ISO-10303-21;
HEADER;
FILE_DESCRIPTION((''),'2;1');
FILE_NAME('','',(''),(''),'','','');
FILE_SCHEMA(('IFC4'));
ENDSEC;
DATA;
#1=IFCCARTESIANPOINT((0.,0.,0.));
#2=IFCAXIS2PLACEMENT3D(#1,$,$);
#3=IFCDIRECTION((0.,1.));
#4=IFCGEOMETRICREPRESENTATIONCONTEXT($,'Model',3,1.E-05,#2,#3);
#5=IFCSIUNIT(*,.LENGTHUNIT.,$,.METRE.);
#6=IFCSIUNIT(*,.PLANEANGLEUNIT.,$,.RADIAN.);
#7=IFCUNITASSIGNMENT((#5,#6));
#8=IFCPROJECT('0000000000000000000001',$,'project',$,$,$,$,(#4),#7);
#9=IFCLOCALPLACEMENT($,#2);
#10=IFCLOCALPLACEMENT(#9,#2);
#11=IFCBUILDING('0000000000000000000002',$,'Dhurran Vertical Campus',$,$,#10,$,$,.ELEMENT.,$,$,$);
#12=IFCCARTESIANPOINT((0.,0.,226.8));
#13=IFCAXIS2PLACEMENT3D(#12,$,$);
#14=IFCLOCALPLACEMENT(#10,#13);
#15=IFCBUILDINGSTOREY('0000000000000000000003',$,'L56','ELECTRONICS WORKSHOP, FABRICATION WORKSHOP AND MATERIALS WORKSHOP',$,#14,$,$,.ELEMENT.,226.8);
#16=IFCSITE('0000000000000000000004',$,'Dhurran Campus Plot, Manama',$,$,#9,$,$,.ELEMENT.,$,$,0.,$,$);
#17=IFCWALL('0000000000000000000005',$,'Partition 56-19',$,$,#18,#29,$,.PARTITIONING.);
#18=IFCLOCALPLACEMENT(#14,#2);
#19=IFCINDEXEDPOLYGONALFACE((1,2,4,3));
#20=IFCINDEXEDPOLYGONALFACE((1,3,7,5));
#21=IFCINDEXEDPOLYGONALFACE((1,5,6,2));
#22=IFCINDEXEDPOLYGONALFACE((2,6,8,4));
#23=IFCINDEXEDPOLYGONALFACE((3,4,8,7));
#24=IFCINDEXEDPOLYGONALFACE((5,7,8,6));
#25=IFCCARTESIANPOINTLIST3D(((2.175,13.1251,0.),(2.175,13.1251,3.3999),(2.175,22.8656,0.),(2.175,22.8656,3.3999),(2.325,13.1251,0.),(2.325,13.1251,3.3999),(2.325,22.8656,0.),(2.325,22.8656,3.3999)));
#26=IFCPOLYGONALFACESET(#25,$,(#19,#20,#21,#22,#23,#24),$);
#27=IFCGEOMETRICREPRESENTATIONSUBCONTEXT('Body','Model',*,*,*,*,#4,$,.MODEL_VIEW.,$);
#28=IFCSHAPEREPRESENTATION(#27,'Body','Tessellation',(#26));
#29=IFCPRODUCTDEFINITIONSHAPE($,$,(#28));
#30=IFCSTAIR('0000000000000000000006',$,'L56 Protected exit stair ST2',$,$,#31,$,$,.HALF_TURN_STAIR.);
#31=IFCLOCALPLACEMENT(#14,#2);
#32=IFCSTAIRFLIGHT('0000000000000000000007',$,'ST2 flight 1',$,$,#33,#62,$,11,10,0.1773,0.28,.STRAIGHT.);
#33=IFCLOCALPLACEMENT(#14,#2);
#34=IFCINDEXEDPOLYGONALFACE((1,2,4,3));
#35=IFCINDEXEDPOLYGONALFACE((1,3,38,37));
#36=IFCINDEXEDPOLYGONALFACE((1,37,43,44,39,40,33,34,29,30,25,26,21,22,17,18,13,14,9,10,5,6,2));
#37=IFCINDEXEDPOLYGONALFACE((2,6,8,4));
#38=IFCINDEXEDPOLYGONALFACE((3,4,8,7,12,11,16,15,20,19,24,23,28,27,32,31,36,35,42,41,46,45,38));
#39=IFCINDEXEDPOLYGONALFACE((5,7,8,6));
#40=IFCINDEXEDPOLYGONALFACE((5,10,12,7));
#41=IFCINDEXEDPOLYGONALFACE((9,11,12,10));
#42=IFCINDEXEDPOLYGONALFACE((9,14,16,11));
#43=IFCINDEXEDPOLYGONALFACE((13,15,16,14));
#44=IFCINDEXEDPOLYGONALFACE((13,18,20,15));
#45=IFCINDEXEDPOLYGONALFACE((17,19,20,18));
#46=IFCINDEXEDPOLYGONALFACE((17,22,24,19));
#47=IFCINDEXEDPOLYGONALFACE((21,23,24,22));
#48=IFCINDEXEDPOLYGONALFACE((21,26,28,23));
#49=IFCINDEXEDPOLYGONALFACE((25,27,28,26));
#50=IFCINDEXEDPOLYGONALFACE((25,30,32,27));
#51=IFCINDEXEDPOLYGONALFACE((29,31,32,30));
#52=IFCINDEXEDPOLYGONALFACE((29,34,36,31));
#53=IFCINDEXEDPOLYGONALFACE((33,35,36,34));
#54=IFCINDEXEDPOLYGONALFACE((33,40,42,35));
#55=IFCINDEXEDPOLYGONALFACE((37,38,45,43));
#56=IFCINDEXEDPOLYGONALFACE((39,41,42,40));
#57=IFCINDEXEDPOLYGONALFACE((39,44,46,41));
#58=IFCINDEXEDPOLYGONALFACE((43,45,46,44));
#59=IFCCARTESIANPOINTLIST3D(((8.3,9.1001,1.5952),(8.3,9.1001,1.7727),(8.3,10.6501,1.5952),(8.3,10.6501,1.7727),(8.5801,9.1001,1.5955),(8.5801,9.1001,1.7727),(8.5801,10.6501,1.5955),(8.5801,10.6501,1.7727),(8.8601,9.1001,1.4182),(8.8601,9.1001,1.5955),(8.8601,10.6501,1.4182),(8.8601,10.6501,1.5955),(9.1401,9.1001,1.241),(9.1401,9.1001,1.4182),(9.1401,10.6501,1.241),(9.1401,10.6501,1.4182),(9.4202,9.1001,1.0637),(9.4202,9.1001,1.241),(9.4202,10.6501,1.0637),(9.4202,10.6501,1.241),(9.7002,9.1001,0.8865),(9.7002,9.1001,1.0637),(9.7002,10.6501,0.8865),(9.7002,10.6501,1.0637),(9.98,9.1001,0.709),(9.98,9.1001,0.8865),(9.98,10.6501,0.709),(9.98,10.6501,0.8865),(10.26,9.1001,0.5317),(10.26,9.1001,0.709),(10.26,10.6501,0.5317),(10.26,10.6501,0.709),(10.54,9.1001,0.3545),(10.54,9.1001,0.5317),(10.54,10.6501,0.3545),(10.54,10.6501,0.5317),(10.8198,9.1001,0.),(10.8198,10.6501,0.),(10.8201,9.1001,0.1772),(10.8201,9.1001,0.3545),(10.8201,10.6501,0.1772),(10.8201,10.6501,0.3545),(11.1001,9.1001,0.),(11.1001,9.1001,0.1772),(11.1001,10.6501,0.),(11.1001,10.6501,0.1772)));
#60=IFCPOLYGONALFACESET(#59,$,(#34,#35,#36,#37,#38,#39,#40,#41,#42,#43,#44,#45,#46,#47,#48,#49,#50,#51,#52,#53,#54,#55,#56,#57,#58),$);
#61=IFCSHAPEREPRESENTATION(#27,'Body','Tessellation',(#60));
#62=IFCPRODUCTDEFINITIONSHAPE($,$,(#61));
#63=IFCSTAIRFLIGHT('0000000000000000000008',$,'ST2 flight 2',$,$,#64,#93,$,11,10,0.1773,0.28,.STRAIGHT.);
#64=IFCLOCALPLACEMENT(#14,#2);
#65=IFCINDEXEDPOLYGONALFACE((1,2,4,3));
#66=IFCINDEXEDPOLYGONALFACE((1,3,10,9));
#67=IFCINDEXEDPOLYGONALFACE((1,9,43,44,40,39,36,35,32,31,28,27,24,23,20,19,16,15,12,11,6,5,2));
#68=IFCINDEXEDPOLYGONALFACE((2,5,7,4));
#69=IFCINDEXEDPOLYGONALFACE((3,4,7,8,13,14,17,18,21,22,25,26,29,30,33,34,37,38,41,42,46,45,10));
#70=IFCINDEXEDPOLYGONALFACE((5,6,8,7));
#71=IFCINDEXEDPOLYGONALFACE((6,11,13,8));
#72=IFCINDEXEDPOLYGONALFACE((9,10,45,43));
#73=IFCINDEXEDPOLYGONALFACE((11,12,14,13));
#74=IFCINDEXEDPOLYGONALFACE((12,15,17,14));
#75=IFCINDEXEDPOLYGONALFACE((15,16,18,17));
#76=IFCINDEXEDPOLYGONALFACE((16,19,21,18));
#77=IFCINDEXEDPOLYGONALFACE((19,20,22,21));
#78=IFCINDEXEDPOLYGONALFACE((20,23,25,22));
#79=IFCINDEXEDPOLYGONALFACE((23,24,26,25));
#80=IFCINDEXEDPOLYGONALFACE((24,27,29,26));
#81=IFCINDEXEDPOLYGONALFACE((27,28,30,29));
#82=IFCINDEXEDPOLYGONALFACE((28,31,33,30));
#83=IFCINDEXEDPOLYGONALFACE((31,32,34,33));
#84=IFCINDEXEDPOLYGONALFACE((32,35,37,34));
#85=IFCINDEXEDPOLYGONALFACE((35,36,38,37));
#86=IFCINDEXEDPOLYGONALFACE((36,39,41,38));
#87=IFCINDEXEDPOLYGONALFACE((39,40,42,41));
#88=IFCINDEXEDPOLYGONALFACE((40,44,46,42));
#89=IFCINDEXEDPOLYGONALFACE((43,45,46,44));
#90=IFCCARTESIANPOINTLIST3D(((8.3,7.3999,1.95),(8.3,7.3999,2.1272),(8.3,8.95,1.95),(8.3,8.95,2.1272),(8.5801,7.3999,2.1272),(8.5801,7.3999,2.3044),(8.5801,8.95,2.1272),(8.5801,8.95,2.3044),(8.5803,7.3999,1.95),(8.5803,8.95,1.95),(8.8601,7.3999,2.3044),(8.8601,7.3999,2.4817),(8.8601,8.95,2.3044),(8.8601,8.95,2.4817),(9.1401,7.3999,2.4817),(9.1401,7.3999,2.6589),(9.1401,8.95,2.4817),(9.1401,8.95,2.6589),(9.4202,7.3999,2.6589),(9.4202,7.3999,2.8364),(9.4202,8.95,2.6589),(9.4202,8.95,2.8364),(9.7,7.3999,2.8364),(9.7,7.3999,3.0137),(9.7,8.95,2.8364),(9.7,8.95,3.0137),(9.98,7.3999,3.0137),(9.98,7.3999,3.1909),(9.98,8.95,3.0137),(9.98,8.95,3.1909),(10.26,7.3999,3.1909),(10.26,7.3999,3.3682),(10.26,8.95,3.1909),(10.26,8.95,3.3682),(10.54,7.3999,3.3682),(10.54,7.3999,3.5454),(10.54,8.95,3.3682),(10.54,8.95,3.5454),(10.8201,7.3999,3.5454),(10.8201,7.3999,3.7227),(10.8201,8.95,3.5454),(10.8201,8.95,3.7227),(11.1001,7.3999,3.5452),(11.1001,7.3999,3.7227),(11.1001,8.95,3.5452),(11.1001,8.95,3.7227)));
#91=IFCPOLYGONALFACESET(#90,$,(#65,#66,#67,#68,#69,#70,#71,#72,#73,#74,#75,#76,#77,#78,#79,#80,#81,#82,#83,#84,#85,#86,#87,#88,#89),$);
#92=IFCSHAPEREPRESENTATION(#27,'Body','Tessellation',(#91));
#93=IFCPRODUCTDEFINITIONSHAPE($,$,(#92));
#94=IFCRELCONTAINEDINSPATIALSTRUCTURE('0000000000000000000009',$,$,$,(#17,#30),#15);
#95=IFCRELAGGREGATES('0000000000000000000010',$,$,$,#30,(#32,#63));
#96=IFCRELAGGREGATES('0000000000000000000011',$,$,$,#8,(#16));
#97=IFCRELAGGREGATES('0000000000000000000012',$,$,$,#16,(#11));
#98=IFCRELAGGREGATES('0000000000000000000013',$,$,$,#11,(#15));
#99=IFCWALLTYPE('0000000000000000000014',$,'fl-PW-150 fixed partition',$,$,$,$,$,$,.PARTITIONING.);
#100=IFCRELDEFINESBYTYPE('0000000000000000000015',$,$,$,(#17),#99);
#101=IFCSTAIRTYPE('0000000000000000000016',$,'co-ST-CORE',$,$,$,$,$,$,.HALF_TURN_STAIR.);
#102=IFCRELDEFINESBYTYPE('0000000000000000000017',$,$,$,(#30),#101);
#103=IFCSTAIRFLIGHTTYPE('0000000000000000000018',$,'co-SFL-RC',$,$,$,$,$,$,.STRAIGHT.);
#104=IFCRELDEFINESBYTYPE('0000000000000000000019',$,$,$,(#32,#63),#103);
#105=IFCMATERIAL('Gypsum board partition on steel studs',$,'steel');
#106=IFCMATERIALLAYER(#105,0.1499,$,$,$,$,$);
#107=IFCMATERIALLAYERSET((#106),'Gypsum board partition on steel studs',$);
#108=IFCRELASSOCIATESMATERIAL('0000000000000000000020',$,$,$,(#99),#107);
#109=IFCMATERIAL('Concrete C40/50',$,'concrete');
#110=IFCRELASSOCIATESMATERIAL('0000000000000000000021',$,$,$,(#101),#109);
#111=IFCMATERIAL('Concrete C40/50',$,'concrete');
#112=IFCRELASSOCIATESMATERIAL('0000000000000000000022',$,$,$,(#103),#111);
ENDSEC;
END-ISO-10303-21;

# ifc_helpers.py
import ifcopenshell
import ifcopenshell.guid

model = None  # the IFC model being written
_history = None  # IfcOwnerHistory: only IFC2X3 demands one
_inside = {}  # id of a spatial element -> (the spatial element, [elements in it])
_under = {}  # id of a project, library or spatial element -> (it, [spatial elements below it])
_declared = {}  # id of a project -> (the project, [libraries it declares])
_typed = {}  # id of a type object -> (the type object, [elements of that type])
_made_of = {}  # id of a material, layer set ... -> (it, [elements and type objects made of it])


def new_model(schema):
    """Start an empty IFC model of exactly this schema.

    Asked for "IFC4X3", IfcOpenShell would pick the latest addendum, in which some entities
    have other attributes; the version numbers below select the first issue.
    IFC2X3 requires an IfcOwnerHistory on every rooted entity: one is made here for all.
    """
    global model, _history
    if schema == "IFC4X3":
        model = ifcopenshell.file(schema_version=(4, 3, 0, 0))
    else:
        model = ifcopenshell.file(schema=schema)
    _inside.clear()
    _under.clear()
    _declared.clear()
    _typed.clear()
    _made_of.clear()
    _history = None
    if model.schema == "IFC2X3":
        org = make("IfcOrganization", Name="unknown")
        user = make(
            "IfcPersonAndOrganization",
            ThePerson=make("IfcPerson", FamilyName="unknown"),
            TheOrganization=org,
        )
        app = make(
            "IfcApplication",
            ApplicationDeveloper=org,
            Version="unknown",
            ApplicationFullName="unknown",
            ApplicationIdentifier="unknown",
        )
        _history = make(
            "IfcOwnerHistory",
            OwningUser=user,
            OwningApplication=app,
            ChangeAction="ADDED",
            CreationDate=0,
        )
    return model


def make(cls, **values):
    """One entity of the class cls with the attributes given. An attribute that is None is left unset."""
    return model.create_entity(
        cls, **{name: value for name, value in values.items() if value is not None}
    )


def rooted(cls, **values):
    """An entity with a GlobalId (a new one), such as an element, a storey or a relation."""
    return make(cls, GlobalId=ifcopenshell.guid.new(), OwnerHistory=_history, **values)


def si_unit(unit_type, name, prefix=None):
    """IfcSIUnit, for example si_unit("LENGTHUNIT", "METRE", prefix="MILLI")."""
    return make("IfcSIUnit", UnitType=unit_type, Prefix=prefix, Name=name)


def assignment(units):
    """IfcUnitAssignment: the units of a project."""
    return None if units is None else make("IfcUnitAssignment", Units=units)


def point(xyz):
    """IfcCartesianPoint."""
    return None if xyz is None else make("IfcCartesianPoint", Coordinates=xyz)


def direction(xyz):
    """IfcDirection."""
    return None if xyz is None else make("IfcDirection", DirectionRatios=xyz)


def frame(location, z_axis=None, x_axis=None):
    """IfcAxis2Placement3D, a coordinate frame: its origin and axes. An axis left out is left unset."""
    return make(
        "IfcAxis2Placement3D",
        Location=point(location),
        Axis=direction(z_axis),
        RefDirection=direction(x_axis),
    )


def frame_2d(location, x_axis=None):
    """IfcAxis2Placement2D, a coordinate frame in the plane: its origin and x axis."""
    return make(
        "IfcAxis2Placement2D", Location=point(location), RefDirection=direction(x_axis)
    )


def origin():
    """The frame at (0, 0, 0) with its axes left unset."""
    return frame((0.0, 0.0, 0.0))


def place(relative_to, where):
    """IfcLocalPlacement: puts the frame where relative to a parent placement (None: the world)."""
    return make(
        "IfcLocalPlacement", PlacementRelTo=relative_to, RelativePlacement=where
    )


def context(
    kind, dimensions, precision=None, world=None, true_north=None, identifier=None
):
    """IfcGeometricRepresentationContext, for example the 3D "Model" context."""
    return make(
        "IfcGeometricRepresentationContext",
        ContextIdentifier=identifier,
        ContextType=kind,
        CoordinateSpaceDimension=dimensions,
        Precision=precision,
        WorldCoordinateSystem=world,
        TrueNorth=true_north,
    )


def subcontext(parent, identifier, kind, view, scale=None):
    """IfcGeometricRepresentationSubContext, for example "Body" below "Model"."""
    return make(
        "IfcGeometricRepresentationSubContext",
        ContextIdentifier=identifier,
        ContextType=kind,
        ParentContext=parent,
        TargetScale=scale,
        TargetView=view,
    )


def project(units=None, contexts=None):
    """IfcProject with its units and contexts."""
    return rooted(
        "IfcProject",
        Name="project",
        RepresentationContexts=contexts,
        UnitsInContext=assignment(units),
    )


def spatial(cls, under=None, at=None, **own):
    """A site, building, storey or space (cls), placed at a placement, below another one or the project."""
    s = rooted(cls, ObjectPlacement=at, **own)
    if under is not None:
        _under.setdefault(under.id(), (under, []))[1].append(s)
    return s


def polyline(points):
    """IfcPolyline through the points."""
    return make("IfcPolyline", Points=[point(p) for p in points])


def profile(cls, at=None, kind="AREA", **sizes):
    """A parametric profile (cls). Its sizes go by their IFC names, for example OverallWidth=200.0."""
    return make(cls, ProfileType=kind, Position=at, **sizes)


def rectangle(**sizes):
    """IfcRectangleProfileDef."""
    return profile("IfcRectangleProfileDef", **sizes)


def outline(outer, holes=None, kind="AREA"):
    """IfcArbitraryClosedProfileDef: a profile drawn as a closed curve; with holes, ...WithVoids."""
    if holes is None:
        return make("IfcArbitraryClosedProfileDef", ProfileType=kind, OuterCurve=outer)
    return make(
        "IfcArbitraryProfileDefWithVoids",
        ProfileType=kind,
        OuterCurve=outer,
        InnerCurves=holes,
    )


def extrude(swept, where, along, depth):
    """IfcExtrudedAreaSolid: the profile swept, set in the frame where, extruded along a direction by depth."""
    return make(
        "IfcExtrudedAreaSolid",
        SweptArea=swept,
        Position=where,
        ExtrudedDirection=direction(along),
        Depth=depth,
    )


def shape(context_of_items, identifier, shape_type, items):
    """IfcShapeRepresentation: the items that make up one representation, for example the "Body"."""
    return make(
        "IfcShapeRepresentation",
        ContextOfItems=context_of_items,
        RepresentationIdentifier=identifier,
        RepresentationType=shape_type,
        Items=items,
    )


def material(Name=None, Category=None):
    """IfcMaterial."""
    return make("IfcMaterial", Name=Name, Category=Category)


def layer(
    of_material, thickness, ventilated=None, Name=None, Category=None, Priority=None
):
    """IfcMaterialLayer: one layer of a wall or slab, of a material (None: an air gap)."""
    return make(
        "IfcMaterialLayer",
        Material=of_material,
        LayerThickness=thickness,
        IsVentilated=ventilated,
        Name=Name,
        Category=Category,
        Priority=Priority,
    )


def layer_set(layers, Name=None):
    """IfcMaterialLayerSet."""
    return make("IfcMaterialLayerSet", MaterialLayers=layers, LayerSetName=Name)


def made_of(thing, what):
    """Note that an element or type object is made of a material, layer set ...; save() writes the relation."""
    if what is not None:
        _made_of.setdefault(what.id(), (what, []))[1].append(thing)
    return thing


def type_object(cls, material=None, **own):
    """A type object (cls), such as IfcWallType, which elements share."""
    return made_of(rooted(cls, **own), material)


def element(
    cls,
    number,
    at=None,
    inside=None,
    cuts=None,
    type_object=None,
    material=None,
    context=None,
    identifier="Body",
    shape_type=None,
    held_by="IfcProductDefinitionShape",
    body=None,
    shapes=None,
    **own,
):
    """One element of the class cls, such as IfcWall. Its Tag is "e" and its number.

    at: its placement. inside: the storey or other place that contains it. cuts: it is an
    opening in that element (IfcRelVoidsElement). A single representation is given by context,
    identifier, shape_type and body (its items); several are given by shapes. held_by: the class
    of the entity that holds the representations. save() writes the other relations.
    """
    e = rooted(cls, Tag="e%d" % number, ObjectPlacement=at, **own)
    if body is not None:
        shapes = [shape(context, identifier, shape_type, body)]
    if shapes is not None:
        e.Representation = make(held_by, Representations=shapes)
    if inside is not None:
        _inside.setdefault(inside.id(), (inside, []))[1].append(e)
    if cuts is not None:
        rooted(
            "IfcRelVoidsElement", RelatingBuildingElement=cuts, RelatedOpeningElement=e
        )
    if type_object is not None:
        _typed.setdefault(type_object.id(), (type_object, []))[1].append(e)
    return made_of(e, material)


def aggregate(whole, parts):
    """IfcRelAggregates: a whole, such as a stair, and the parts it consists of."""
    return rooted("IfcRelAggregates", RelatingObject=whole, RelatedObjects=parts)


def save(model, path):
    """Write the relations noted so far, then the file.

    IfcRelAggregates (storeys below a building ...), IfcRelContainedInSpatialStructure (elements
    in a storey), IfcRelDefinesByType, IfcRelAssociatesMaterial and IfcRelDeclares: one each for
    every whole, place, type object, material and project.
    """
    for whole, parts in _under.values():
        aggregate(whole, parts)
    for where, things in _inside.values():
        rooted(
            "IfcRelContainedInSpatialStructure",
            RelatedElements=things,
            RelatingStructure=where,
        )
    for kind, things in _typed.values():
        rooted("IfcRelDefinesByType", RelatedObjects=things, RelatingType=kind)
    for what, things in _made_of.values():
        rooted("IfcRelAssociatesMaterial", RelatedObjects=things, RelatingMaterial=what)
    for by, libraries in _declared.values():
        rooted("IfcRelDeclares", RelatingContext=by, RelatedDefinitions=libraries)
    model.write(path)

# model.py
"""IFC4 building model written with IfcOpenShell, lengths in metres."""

from ifc_helpers import new_model, si_unit, direction, frame, frame_2d, origin, place, context, subcontext, project, spatial, polyline, rectangle, outline, extrude, material, layer, layer_set, type_object, element, aggregate, save


model = new_model("IFC4")

# Units and contexts
model_context = context("Model", 3, precision=1e-05, world=origin(), true_north=direction((0.0, 1.0)))
body_context = subcontext(model_context, "Body", "Model", "MODEL_VIEW")
ifc_project = project(units=[si_unit("LENGTHUNIT", "METRE"), si_unit("PLANEANGLEUNIT", "RADIAN")], contexts=[model_context])

# Site, building, storey
site_placement = place(None, origin())
site = spatial("IfcSite", under=ifc_project, at=site_placement, Name="Dhurran Campus Plot, Manama", CompositionType="ELEMENT", RefElevation=0.0)
building_placement = place(site_placement, origin())
building = spatial("IfcBuilding", under=site, at=building_placement, Name="Dhurran Vertical Campus", CompositionType="ELEMENT")
storey_placement = place(building_placement, frame((0.0, 0.0, 226.8)))
storey = spatial("IfcBuildingStorey", under=building, at=storey_placement, Name="L56", Description="ELECTRONICS WORKSHOP, FABRICATION WORKSHOP AND MATERIALS WORKSHOP", CompositionType="ELEMENT", Elevation=226.8)

# Wall
ifc_material_1 = material(Name="Gypsum board partition on steel studs", Category="steel")
ifc_layer_1 = layer(ifc_material_1, 0.1499)
ifc_layer_set_1 = layer_set([ifc_layer_1], Name="Gypsum board partition on steel studs")
wall_type_1 = type_object("IfcWallType", Name="fl-PW-150 fixed partition", PredefinedType="PARTITIONING", material=ifc_layer_set_1)
wall_1_placement = place(storey_placement, frame((2.25, 22.8655, 0.0), z_axis=(0.0, 0.0, 1.0), x_axis=(0.0, -1.0, 0.0)))
element("IfcWall", 1, at=wall_1_placement, inside=storey, type_object=wall_type_1, Name="Partition 56-19", PredefinedType="PARTITIONING", context=body_context, shape_type="SweptSolid", body=[
    extrude(rectangle(XDim=9.7405, YDim=0.1499, at=frame_2d((4.8701, 0.0))), origin(), (0.0, 0.0, 1.0), 3.3999),
])

# Stair, stair flights
ifc_material_2 = material(Name="Concrete C40/50", Category="concrete")
stair_type = type_object("IfcStairType", Name="co-ST-CORE", PredefinedType="HALF_TURN_STAIR", material=ifc_material_2)
stair_placement = place(storey_placement, origin())
stair = element("IfcStair", 2, at=stair_placement, inside=storey, type_object=stair_type, Name="L56 Protected exit stair ST2", PredefinedType="HALF_TURN_STAIR")
ifc_material_3 = material(Name="Concrete C40/50", Category="concrete")
stair_flight_type = type_object("IfcStairFlightType", Name="co-SFL-RC", PredefinedType="STRAIGHT", material=ifc_material_3)
stair_flight_1_placement = place(storey_placement, frame((11.1001, 9.875, 0.0), z_axis=(0.0, 0.0, 1.0), x_axis=(-1.0, 0.0, 0.0)))
stair_flight_1 = element("IfcStairFlight", 3, at=stair_flight_1_placement, type_object=stair_flight_type, Name="ST2 flight 1", NumberOfRisers=11, NumberOfTreads=10, PredefinedType="STRAIGHT", RiserHeight=0.1773, TreadLength=0.28, context=body_context, shape_type="SweptSolid", body=[
    extrude(outline(polyline([(0.0, 0.0), (0.0, 0.1772), (0.28, 0.1772), (0.28, 0.3545), (0.5601, 0.3545), (0.5601, 0.5317), (0.8401, 0.5317), (0.8401, 0.709), (1.1201, 0.709), (1.1201, 0.8865), (1.3999, 0.8865), (1.3999, 1.0637), (1.6799, 1.0637), (1.6799, 1.241), (1.96, 1.241), (1.96, 1.4182), (2.24, 1.4182), (2.24, 1.5955), (2.52, 1.5955), (2.52, 1.7727), (2.8, 1.7727), (2.8, 1.95), (2.8, 1.5952), (0.2803, 0.0), (0.0, 0.0)])), frame((0.0, 0.7749, 0.0), z_axis=(0.0, -1.0, 0.0), x_axis=(1.0, 0.0, 0.0)), (0.0, 0.0, 1.0), 1.55),
])
stair_flight_2_placement = place(storey_placement, frame((8.3, 8.175, 1.95), z_axis=(0.0, 0.0, 1.0), x_axis=(1.0, 0.0, 0.0)))
stair_flight_2 = element("IfcStairFlight", 4, at=stair_flight_2_placement, type_object=stair_flight_type, Name="ST2 flight 2", NumberOfRisers=11, NumberOfTreads=10, PredefinedType="STRAIGHT", RiserHeight=0.1773, TreadLength=0.28, context=body_context, shape_type="SweptSolid", body=[
    extrude(outline(polyline([(0.0, 0.0), (0.0, 0.1772), (0.28, 0.1772), (0.28, 0.3545), (0.5601, 0.3545), (0.5601, 0.5317), (0.8401, 0.5317), (0.8401, 0.709), (1.1201, 0.709), (1.1201, 0.8865), (1.3999, 0.8865), (1.3999, 1.0637), (1.6799, 1.0637), (1.6799, 1.241), (1.96, 1.241), (1.96, 1.4182), (2.24, 1.4182), (2.24, 1.5955), (2.52, 1.5955), (2.52, 1.7727), (2.8, 1.7727), (2.8, 1.95), (2.8, 1.5952), (0.2803, 0.0), (0.0, 0.0)])), frame((0.0, 0.7749, 0.0), z_axis=(0.0, -1.0, 0.0), x_axis=(1.0, 0.0, 0.0)), (0.0, 0.0, 1.0), 1.55),
])
aggregate(stair, [stair_flight_1, stair_flight_2])

save(model, "model.ifc")
